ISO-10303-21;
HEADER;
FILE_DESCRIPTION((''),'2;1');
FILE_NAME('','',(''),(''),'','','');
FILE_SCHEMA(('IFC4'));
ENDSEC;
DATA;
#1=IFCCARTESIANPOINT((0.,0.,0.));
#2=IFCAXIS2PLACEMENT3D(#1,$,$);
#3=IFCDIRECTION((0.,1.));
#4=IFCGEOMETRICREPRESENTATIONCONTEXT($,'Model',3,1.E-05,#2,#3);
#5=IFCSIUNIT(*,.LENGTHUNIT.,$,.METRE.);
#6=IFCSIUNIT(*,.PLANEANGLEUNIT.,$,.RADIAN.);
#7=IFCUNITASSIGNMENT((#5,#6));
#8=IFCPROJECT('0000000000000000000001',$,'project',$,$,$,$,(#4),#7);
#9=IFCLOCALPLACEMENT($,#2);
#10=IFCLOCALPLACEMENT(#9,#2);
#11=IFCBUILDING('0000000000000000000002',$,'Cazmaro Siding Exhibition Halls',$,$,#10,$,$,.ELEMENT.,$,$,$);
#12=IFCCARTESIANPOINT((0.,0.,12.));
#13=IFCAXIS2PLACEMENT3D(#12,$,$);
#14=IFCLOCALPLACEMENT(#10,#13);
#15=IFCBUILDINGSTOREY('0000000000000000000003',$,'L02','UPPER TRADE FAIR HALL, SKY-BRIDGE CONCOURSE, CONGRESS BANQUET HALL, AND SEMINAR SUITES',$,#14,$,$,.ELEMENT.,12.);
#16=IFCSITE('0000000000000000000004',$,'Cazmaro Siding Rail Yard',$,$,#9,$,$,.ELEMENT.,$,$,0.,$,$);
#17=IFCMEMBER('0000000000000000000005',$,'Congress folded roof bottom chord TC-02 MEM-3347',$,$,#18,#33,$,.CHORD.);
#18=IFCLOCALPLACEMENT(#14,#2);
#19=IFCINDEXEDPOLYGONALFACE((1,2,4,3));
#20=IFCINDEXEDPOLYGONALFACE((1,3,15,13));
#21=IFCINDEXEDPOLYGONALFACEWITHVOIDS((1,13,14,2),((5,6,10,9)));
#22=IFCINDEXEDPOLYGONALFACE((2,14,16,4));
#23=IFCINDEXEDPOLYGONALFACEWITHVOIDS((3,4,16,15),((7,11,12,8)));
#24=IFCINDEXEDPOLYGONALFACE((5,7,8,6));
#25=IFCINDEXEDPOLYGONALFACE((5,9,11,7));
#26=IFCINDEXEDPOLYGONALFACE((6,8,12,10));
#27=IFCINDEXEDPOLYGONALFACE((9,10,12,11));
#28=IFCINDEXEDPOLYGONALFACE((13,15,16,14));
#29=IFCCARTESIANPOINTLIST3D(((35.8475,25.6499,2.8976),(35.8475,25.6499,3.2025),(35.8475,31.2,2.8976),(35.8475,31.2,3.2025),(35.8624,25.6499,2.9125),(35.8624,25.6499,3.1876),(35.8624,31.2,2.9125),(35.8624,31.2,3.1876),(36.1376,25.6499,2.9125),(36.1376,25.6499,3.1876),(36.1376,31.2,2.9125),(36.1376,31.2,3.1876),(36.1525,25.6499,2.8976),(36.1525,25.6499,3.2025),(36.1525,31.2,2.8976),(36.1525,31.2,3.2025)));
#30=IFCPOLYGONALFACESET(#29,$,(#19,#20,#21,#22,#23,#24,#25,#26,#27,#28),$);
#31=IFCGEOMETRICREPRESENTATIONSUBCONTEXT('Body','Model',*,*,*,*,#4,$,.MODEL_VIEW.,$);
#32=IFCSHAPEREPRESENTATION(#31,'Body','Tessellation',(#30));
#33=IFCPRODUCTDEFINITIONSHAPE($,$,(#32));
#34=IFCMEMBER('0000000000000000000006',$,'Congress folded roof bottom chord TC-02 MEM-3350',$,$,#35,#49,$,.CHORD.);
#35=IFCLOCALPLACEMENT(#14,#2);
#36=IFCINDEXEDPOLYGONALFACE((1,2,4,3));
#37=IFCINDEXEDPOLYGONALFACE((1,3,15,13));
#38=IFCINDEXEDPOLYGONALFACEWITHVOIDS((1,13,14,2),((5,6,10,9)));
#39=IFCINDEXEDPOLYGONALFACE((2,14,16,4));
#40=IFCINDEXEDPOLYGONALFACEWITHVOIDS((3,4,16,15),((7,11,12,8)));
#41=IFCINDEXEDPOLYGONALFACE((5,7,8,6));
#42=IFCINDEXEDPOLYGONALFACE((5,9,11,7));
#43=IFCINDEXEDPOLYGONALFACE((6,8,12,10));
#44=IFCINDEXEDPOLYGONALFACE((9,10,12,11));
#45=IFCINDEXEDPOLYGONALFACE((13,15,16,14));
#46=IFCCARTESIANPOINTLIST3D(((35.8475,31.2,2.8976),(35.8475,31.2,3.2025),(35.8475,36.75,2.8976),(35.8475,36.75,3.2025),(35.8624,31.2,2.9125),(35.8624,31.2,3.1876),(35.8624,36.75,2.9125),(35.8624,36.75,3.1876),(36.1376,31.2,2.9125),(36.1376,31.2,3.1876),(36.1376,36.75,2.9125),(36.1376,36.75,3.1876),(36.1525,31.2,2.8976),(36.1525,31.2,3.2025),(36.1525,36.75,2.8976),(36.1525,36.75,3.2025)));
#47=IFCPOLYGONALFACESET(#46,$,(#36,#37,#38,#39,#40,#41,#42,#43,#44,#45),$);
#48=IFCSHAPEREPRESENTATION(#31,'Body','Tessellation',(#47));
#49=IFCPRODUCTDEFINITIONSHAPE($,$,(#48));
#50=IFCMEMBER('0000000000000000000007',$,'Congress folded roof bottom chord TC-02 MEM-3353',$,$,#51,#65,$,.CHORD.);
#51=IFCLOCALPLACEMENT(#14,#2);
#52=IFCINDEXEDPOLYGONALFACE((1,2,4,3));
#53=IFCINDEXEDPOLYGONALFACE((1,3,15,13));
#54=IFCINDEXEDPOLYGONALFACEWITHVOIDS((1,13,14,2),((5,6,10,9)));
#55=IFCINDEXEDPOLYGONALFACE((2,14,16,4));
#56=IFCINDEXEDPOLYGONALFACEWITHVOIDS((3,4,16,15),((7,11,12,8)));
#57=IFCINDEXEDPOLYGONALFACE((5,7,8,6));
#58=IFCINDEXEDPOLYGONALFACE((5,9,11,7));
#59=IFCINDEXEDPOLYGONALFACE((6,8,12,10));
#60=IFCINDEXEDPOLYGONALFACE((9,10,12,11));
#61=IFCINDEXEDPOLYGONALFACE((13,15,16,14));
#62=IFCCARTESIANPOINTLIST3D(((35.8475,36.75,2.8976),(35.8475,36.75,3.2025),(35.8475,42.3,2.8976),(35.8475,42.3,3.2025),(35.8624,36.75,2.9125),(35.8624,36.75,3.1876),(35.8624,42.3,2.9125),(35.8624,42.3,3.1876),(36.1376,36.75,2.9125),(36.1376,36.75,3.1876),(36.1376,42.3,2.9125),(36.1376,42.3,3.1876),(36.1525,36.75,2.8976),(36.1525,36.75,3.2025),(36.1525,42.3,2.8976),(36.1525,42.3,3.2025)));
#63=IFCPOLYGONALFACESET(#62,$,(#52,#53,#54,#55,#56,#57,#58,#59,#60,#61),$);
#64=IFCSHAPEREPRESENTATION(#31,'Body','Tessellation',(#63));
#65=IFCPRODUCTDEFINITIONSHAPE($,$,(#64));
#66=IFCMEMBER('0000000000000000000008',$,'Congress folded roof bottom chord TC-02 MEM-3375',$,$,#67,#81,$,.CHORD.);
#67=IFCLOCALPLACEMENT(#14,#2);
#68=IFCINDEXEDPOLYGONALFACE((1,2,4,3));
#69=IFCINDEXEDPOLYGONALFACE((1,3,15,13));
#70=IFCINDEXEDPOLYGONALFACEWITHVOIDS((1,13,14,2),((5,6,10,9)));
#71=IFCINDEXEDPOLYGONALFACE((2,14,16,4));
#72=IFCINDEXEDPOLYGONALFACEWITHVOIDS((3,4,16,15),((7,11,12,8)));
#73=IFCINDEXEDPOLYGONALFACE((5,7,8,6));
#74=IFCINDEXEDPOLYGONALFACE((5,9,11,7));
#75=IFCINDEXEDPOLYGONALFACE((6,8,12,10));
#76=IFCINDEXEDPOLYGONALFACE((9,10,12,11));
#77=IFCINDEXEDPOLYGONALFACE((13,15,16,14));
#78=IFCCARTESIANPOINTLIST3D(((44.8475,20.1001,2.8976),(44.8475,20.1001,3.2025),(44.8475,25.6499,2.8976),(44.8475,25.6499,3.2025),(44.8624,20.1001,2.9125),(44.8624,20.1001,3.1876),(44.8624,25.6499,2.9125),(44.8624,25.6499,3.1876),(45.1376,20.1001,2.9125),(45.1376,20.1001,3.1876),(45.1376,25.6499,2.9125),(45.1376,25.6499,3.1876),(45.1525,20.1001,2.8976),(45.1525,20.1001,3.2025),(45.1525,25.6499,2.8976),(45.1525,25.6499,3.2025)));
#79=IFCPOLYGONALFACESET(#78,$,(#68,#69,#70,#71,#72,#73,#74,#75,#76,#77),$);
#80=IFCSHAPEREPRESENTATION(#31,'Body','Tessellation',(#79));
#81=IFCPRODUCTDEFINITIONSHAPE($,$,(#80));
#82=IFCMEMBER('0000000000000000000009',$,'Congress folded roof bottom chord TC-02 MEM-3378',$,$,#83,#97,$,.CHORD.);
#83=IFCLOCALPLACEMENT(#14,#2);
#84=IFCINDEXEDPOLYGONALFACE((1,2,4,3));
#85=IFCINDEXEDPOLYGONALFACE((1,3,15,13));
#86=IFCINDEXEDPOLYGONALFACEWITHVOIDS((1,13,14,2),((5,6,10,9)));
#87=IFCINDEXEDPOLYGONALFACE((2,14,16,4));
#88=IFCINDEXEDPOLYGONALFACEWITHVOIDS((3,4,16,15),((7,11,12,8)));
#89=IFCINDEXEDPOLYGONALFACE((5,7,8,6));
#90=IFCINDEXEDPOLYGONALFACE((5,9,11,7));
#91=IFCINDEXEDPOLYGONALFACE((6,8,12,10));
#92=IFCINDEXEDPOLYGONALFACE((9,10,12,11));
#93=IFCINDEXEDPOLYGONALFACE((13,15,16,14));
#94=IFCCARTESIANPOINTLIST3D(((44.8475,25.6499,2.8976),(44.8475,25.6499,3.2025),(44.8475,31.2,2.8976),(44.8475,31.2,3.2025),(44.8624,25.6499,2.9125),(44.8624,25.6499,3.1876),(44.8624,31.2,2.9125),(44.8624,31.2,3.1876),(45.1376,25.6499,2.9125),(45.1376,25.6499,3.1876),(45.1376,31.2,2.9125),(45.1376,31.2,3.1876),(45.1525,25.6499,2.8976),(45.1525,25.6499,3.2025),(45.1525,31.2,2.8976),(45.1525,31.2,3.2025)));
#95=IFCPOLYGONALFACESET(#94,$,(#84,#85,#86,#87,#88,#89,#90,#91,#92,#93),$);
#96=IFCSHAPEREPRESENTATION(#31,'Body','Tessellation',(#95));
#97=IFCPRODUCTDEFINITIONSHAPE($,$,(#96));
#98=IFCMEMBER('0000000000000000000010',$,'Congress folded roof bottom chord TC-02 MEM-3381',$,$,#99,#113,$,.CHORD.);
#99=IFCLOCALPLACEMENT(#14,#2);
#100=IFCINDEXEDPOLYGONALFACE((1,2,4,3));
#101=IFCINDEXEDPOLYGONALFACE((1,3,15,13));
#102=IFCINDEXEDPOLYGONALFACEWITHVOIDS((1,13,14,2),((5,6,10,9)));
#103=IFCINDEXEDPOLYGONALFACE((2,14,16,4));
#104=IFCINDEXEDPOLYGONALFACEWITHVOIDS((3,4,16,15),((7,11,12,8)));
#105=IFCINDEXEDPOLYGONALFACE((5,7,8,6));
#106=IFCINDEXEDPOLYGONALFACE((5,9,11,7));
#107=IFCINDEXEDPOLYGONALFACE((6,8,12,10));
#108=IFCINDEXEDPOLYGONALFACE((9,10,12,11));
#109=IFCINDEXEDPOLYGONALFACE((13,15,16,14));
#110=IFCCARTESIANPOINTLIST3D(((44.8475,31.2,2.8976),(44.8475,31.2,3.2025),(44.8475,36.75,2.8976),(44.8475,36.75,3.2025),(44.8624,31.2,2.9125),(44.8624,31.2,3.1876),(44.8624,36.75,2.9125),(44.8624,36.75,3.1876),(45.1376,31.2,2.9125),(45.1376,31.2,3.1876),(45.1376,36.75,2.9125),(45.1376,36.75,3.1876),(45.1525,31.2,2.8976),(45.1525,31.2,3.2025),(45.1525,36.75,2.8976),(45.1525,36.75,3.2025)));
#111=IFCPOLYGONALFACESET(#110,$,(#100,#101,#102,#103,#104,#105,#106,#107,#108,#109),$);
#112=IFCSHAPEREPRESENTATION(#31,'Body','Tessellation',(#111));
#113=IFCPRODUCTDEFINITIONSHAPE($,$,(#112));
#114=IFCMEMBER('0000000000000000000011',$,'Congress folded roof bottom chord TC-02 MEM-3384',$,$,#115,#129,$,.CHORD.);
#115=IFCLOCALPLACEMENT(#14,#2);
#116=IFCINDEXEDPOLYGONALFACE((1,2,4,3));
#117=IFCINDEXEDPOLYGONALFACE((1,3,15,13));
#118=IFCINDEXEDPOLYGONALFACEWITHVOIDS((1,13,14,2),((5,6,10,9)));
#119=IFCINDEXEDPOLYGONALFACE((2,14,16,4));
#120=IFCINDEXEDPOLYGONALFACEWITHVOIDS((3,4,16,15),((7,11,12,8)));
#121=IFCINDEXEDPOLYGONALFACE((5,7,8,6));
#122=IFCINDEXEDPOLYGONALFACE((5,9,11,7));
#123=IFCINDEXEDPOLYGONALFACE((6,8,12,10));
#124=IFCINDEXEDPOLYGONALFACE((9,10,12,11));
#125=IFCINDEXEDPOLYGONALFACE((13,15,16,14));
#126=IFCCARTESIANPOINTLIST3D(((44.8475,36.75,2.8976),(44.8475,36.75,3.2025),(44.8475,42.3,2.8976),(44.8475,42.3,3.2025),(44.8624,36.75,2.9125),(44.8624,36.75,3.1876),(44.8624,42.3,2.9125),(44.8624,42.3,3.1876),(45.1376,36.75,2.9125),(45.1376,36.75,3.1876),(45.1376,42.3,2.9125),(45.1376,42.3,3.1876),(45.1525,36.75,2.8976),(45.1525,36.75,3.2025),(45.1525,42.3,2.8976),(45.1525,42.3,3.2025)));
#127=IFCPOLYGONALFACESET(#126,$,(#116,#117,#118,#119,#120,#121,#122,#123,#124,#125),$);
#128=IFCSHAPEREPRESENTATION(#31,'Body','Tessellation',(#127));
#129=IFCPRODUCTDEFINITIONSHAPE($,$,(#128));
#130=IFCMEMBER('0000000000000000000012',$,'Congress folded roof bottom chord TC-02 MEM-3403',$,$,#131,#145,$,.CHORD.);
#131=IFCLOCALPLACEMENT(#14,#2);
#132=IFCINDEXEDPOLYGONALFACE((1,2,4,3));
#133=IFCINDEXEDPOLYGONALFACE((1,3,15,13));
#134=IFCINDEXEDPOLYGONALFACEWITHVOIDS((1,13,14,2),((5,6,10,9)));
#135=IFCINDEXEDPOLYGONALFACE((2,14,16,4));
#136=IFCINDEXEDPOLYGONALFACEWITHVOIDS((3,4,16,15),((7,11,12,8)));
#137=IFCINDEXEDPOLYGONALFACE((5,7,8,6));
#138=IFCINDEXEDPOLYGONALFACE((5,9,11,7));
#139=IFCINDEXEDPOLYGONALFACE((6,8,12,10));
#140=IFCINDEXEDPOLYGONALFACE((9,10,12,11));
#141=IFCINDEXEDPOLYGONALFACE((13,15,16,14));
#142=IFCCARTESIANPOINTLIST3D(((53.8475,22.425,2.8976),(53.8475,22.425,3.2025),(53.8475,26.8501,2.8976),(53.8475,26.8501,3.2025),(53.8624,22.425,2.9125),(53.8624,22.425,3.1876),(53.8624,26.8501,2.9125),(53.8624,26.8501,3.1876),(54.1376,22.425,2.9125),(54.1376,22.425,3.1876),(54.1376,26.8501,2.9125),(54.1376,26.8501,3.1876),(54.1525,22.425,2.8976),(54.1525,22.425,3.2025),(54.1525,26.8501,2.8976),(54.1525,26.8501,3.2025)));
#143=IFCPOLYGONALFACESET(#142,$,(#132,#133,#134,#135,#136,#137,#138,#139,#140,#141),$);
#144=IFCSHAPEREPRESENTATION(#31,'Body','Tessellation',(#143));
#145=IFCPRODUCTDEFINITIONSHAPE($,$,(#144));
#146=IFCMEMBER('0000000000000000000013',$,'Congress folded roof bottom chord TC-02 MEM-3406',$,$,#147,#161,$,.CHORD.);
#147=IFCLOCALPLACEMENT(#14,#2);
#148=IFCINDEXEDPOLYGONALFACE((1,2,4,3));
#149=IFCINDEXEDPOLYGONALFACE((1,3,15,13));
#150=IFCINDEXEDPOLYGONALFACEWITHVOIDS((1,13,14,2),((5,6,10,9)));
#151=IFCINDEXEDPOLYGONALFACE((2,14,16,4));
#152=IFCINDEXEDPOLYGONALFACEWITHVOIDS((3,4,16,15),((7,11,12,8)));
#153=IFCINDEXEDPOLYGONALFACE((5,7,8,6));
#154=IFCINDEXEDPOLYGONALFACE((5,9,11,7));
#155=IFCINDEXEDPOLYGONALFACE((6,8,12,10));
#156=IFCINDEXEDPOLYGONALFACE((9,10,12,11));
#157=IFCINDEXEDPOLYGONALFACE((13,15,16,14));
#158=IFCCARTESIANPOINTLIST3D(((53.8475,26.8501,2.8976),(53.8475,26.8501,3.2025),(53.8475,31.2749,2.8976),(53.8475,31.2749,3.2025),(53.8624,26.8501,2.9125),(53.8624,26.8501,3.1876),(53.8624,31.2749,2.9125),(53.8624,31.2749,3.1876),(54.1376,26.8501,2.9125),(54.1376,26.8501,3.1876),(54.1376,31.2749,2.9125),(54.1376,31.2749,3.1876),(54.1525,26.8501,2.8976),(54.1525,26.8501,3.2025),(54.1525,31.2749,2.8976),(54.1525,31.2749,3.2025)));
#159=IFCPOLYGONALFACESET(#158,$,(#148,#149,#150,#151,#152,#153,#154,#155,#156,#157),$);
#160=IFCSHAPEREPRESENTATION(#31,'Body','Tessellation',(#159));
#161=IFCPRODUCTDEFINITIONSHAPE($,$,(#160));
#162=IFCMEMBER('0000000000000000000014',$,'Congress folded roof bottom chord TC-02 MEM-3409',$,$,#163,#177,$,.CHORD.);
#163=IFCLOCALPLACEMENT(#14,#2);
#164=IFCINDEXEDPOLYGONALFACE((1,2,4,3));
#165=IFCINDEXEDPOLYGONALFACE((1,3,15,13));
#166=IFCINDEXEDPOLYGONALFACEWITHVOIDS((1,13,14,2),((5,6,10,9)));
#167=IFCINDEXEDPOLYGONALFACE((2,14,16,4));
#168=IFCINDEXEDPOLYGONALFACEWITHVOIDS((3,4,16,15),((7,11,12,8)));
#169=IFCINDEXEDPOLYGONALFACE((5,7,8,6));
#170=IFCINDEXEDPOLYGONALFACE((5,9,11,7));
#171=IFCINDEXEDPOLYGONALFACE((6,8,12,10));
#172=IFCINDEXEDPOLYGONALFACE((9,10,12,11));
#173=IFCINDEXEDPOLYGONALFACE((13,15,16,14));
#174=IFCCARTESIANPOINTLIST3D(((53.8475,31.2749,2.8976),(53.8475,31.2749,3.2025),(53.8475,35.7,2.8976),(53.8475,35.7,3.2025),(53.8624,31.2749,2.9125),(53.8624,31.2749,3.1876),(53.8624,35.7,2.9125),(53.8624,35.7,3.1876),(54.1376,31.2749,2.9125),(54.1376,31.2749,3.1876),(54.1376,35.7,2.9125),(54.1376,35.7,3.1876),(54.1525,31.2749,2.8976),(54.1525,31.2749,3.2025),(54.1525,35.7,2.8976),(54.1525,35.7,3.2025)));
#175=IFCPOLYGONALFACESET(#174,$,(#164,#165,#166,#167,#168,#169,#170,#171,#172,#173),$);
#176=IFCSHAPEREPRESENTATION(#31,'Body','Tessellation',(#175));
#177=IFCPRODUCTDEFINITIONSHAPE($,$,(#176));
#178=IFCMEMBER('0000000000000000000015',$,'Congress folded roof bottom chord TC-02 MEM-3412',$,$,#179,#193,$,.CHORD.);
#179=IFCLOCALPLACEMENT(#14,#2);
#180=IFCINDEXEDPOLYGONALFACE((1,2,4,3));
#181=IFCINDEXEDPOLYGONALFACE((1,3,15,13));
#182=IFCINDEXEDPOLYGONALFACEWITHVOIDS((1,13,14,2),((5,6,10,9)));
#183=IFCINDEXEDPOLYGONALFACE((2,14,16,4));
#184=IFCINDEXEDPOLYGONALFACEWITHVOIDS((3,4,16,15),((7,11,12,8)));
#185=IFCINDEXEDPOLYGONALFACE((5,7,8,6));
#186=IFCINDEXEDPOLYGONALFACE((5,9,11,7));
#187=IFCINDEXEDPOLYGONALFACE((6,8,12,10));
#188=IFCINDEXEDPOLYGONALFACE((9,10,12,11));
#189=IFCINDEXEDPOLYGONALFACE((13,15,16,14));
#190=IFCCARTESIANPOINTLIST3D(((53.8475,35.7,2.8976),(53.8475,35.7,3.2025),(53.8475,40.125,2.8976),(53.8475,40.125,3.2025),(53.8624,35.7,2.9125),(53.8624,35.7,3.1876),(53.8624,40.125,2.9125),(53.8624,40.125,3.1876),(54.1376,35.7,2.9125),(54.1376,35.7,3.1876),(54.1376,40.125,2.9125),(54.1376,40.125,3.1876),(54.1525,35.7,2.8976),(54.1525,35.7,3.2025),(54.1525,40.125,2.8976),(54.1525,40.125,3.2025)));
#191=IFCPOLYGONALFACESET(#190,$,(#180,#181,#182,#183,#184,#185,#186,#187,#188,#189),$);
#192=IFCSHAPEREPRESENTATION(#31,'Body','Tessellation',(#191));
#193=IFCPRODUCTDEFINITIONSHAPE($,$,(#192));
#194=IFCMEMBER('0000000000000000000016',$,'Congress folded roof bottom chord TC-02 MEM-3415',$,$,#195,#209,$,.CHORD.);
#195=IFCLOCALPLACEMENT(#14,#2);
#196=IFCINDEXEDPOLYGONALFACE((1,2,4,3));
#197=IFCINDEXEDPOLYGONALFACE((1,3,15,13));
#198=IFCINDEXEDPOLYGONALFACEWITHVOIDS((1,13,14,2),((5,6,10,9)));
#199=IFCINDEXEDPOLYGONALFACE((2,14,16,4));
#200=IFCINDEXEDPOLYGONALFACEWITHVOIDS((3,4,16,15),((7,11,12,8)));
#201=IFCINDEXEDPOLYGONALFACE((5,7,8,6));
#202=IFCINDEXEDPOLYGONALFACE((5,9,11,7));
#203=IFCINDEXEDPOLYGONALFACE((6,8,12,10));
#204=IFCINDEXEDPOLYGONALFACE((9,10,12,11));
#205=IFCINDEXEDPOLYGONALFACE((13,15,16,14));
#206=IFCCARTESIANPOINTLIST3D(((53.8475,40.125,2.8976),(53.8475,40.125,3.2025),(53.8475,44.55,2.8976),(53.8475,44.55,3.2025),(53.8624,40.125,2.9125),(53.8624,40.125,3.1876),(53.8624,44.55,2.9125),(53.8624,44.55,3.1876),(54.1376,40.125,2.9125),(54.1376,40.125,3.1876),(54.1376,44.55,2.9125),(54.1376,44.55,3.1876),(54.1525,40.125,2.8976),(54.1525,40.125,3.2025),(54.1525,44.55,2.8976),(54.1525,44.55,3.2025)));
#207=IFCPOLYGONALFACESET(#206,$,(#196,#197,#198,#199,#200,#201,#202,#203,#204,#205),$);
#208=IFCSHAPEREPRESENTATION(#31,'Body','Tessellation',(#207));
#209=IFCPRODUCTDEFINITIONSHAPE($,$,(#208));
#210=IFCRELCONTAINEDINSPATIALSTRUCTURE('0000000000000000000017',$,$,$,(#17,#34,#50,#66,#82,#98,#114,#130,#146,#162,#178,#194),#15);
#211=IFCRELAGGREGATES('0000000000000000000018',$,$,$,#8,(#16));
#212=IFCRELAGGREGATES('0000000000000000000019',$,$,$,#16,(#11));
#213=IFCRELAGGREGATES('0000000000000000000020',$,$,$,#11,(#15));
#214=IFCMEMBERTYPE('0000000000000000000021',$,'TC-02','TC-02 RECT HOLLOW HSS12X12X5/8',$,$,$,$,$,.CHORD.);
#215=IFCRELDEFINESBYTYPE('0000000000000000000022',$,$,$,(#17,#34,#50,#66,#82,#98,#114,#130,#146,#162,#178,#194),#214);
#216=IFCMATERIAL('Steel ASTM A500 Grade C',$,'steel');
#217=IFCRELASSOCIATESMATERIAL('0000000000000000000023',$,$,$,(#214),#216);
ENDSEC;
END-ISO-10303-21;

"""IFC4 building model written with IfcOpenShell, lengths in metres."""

from ifc_helpers import new_model, si_unit, direction, frame, origin, origin_2d, place, context, subcontext, project, spatial, hollow_rectangle, extrude, material, material_profile, profile_set, type_object, element, save


model = new_model("IFC4")

# Units and contexts
model_context = context("Model", 3, precision=1e-05, world=origin(), true_north=direction((0.0, 1.0)))
body_context = subcontext(model_context, "Body", "Model", "MODEL_VIEW")
ifc_project = project(units=[si_unit("LENGTHUNIT", "METRE"), si_unit("PLANEANGLEUNIT", "RADIAN")], contexts=[model_context])

# Site, building, storey
site_placement = place(None, origin())
site = spatial("IfcSite", under=ifc_project, at=site_placement, Name="Cazmaro Siding Rail Yard", CompositionType="ELEMENT", RefElevation=0.0)
building_placement = place(site_placement, origin())
building = spatial("IfcBuilding", under=site, at=building_placement, Name="Cazmaro Siding Exhibition Halls", CompositionType="ELEMENT")
storey_placement = place(building_placement, frame((0.0, 0.0, 12.0)))
storey = spatial("IfcBuildingStorey", under=building, at=storey_placement, Name="L02", Description="UPPER TRADE FAIR HALL, SKY-BRIDGE CONCOURSE, CONGRESS BANQUET HALL, AND SEMINAR SUITES", CompositionType="ELEMENT", Elevation=12.0)

# Members
ifc_material_1 = material(Name="Steel ASTM A500 Grade C", Category="steel")
ifc_material_profile_1 = material_profile(ifc_material_1, hollow_rectangle(XDim=0.3049, YDim=0.3049, WallThickness=0.0149, at=origin_2d()), Name="HSS12X12X5/8")
ifc_profile_set_1 = profile_set([ifc_material_profile_1], Name="Steel ASTM A500 Grade C")
member_type_1 = type_object("IfcMemberType", Name="TC-02", Description="TC-02 RECT HOLLOW HSS12X12X5/8", PredefinedType="CHORD", material=ifc_profile_set_1)
for number, where, z_axis, x_axis, name in (
    (1, (36.0, 25.6499, 3.05), (0.0, 1.0, 0.0), (-1.0, 0.0, 0.0), "Congress folded roof bottom chord TC-02 MEM-3347"),
    (2, (36.0, 31.2, 3.05), (0.0, 1.0, 0.0), (-1.0, 0.0, 0.0), "Congress folded roof bottom chord TC-02 MEM-3350"),
    (3, (36.0, 36.75, 3.05), (0.0, 1.0, 0.0), (-1.0, 0.0, 0.0), "Congress folded roof bottom chord TC-02 MEM-3353"),
):
    element("IfcMember", number, at=place(storey_placement, frame(where, z_axis=z_axis, x_axis=x_axis)), inside=storey, type_object=member_type_1, Name=name, PredefinedType="CHORD", context=body_context, shape_type="SweptSolid", body=[
        extrude(hollow_rectangle(XDim=0.3049, YDim=0.3049, WallThickness=0.0149, at=origin_2d()), origin(), (0.0, 0.0, 1.0), 5.55),
    ])
member_1_placement = place(storey_placement, frame((45.0, 20.1001, 3.05), z_axis=(0.0, 1.0, 0.0), x_axis=(-1.0, 0.0, 0.0)))
element("IfcMember", 4, at=member_1_placement, inside=storey, type_object=member_type_1, Name="Congress folded roof bottom chord TC-02 MEM-3375", PredefinedType="CHORD", context=body_context, shape_type="SweptSolid", body=[
    extrude(hollow_rectangle(XDim=0.3049, YDim=0.3049, WallThickness=0.0149, at=origin_2d()), origin(), (0.0, 0.0, 1.0), 5.5498),
])
for number, where, z_axis, x_axis, name in (
    (5, (45.0, 25.6499, 3.05), (0.0, 1.0, 0.0), (-1.0, 0.0, 0.0), "Congress folded roof bottom chord TC-02 MEM-3378"),
    (6, (45.0, 31.2, 3.05), (0.0, 1.0, 0.0), (-1.0, 0.0, 0.0), "Congress folded roof bottom chord TC-02 MEM-3381"),
    (7, (45.0, 36.75, 3.05), (0.0, 1.0, 0.0), (-1.0, 0.0, 0.0), "Congress folded roof bottom chord TC-02 MEM-3384"),
):
    element("IfcMember", number, at=place(storey_placement, frame(where, z_axis=z_axis, x_axis=x_axis)), inside=storey, type_object=member_type_1, Name=name, PredefinedType="CHORD", context=body_context, shape_type="SweptSolid", body=[
        extrude(hollow_rectangle(XDim=0.3049, YDim=0.3049, WallThickness=0.0149, at=origin_2d()), origin(), (0.0, 0.0, 1.0), 5.55),
    ])
member_2_placement = place(storey_placement, frame((54.0, 22.425, 3.05), z_axis=(0.0, 1.0, 0.0), x_axis=(-1.0, 0.0, 0.0)))
element("IfcMember", 8, at=member_2_placement, inside=storey, type_object=member_type_1, Name="Congress folded roof bottom chord TC-02 MEM-3403", PredefinedType="CHORD", context=body_context, shape_type="SweptSolid", body=[
    extrude(hollow_rectangle(XDim=0.3049, YDim=0.3049, WallThickness=0.0149, at=origin_2d()), origin(), (0.0, 0.0, 1.0), 4.425),
])
member_3_placement = place(storey_placement, frame((54.0, 26.8501, 3.05), z_axis=(0.0, 1.0, 0.0), x_axis=(-1.0, 0.0, 0.0)))
element("IfcMember", 9, at=member_3_placement, inside=storey, type_object=member_type_1, Name="Congress folded roof bottom chord TC-02 MEM-3406", PredefinedType="CHORD", context=body_context, shape_type="SweptSolid", body=[
    extrude(hollow_rectangle(XDim=0.3049, YDim=0.3049, WallThickness=0.0149, at=origin_2d()), origin(), (0.0, 0.0, 1.0), 4.4248),
])
for number, where, z_axis, x_axis, name in (
    (10, (54.0, 31.2749, 3.05), (0.0, 1.0, 0.0), (-1.0, 0.0, 0.0), "Congress folded roof bottom chord TC-02 MEM-3409"),
    (11, (54.0, 35.7, 3.05), (0.0, 1.0, 0.0), (-1.0, 0.0, 0.0), "Congress folded roof bottom chord TC-02 MEM-3412"),
    (12, (54.0, 40.125, 3.05), (0.0, 1.0, 0.0), (-1.0, 0.0, 0.0), "Congress folded roof bottom chord TC-02 MEM-3415"),
):
    element("IfcMember", number, at=place(storey_placement, frame(where, z_axis=z_axis, x_axis=x_axis)), inside=storey, type_object=member_type_1, Name=name, PredefinedType="CHORD", context=body_context, shape_type="SweptSolid", body=[
        extrude(hollow_rectangle(XDim=0.3049, YDim=0.3049, WallThickness=0.0149, at=origin_2d()), origin(), (0.0, 0.0, 1.0), 4.425),
    ])

save(model, "model.ifc")
